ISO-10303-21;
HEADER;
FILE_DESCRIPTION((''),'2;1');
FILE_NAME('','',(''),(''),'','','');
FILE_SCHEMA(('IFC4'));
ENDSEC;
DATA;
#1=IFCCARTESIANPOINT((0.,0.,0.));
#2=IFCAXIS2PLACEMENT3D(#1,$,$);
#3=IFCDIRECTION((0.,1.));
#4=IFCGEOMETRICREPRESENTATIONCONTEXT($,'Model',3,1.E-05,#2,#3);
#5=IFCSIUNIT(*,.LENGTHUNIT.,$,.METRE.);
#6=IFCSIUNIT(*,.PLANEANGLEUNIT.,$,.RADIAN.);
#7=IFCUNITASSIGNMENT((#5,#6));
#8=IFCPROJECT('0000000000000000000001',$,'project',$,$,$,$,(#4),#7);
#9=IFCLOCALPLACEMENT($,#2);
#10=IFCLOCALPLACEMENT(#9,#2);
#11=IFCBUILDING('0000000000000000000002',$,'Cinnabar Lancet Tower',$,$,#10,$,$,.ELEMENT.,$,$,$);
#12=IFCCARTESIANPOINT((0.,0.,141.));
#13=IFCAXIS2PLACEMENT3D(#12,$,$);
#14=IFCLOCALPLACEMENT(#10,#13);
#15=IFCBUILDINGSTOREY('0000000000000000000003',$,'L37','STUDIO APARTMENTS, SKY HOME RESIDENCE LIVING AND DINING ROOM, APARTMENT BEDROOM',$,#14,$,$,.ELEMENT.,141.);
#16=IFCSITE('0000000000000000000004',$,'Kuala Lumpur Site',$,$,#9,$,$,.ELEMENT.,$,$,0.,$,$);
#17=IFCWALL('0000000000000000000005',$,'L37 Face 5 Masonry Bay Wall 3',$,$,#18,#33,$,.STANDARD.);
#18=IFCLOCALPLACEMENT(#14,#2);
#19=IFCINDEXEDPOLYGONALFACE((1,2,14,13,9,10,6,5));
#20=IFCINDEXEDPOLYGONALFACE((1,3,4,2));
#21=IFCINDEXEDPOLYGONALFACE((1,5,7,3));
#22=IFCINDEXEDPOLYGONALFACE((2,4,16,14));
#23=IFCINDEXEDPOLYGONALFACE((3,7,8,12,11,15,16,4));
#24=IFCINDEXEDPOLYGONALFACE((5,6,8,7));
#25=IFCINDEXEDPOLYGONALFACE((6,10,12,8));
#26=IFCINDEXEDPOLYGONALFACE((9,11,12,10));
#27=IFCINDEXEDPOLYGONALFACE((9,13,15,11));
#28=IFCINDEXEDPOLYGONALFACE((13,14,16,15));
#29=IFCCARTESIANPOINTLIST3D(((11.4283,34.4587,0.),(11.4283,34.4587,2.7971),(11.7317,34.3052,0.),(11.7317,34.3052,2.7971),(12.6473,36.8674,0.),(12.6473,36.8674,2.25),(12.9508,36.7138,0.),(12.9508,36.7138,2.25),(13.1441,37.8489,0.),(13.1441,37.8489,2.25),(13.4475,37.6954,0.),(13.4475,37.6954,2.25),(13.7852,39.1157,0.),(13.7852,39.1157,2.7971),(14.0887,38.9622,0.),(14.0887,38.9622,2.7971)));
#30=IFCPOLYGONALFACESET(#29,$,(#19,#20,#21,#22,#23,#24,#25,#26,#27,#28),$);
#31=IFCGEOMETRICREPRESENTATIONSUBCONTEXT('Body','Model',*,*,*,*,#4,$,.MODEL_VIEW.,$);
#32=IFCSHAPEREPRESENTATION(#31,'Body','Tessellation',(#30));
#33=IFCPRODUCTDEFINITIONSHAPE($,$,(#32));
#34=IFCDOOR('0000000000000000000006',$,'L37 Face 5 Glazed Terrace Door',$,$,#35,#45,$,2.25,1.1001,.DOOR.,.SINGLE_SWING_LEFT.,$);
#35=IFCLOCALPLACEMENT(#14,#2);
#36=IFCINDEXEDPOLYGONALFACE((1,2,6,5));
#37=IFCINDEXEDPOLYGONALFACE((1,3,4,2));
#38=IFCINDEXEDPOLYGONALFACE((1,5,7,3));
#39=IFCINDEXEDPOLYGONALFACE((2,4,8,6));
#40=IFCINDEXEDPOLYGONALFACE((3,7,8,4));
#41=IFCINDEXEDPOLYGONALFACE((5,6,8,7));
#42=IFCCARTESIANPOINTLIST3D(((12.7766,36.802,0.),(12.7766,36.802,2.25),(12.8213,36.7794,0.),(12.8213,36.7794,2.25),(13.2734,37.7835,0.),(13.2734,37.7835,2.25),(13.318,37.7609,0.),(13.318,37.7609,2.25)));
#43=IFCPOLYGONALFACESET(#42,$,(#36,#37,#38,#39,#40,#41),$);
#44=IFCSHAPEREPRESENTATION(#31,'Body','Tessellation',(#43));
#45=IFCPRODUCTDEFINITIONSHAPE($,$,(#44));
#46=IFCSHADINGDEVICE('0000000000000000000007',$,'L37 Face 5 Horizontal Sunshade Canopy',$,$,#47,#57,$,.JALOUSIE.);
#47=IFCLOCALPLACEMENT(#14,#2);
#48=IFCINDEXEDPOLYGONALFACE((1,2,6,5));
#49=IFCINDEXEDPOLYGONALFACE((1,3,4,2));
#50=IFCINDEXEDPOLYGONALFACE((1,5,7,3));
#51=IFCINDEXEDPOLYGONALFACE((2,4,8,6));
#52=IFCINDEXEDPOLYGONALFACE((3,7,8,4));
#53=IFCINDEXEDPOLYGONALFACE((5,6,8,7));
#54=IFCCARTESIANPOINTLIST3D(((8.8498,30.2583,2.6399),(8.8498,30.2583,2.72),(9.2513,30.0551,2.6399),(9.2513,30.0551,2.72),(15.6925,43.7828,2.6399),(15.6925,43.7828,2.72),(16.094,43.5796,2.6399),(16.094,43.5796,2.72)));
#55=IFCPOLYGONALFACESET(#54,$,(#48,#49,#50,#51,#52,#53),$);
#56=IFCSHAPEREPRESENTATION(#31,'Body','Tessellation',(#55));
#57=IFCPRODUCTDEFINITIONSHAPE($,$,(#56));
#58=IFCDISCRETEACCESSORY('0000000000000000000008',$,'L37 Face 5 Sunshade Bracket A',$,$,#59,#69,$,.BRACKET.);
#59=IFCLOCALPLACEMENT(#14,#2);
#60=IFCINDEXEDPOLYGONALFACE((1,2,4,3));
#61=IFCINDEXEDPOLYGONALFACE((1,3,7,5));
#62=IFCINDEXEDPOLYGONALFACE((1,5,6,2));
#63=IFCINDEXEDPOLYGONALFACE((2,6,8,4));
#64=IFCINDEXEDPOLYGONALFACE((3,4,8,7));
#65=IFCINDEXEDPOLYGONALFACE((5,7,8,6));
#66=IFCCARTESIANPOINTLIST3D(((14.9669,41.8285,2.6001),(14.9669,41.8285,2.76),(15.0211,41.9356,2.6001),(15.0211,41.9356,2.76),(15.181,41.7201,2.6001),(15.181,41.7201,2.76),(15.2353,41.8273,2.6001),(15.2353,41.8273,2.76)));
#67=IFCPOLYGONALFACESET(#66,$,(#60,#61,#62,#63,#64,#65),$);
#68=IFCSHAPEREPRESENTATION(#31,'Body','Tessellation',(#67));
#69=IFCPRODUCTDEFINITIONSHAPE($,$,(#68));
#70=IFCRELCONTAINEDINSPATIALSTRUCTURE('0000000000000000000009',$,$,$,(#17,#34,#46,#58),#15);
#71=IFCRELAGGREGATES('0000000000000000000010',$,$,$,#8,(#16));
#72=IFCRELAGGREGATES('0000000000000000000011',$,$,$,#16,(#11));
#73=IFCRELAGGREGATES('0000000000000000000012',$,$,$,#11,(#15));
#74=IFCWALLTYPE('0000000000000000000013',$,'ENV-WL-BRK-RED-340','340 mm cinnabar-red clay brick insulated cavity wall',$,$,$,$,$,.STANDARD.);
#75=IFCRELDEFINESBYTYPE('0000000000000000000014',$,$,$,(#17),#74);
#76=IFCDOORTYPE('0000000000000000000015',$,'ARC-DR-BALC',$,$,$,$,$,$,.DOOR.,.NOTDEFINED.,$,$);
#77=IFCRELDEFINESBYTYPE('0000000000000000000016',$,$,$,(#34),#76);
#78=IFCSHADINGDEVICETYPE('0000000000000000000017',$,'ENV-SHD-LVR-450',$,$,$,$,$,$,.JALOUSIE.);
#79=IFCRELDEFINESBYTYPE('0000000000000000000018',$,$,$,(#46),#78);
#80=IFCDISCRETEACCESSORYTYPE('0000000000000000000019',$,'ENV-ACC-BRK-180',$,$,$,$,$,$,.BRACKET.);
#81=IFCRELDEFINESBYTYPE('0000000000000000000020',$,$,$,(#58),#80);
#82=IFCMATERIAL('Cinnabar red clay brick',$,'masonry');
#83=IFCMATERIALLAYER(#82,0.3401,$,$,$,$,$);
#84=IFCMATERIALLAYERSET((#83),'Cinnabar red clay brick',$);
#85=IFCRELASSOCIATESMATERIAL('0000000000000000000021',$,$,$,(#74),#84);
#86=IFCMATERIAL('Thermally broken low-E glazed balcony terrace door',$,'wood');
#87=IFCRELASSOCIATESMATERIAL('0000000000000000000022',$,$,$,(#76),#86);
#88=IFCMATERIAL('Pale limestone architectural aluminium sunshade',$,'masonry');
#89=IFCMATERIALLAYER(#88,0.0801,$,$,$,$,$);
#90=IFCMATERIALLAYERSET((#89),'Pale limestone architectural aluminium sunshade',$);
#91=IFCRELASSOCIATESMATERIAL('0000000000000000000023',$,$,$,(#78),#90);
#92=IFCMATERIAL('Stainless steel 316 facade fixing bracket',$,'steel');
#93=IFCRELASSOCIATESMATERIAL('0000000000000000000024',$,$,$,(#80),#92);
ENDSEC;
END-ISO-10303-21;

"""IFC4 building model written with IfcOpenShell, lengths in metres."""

from ifc_helpers import new_model, si_unit, direction, frame, frame_2d, origin, origin_2d, place, context, subcontext, project, spatial, rectangle, extrude, material, layer, layer_set, type_object, element, fill, save


model = new_model("IFC4")

# Units and contexts
model_context = context("Model", 3, precision=1e-05, world=origin(), true_north=direction((0.0, 1.0)))
body_context = subcontext(model_context, "Body", "Model", "MODEL_VIEW")
ifc_project = project(units=[si_unit("LENGTHUNIT", "METRE"), si_unit("PLANEANGLEUNIT", "RADIAN")], contexts=[model_context])

# Site, building, storey
site_placement = place(None, origin())
site = spatial("IfcSite", under=ifc_project, at=site_placement, Name="Kuala Lumpur Site", CompositionType="ELEMENT", RefElevation=0.0)
building_placement = place(site_placement, origin())
building = spatial("IfcBuilding", under=site, at=building_placement, Name="Cinnabar Lancet Tower", CompositionType="ELEMENT")
storey_placement = place(building_placement, frame((0.0, 0.0, 141.0)))
storey = spatial("IfcBuildingStorey", under=building, at=storey_placement, Name="L37", Description="STUDIO APARTMENTS, SKY HOME RESIDENCE LIVING AND DINING ROOM, APARTMENT BEDROOM", CompositionType="ELEMENT", Elevation=141.0)

# Shared definitions
ifc_material_1 = material(Name="Cinnabar red clay brick", Category="masonry")
ifc_layer_1 = layer(ifc_material_1, 0.3401)
ifc_layer_set_1 = layer_set([ifc_layer_1], Name="Cinnabar red clay brick")
wall_type_1 = type_object("IfcWallType", Name="ENV-WL-BRK-RED-340", Description="340 mm cinnabar-red clay brick insulated cavity wall", PredefinedType="STANDARD", material=ifc_layer_set_1)

# Wall, opening, door
wall_1_placement = place(storey_placement, frame((13.937, 39.0391, 0.0), z_axis=(0.0, 0.0, 1.0), x_axis=(-0.451568, -0.892237, 0.0)))
wall_1 = element("IfcWall", 1, at=wall_1_placement, inside=storey, type_object=wall_type_1, Name="L37 Face 5 Masonry Bay Wall 3", PredefinedType="STANDARD", context=body_context, shape_type="SweptSolid", body=[
    extrude(rectangle(XDim=5.2195, YDim=0.3401, at=frame_2d((2.6099, 0.0))), origin(), (0.0, 0.0, 1.0), 2.7971),
])
opening_1_placement = place(wall_1_placement, frame((1.4199, 0.0, 0.0)))
opening_1 = element("IfcOpeningElement", 2, at=opening_1_placement, cuts=wall_1, PredefinedType="OPENING", context=body_context, shape_type="SweptSolid", body=[
    extrude(rectangle(XDim=1.1001, YDim=2.25, at=frame_2d((0.55, 1.125))), frame((0.0, 0.1799, 0.0), z_axis=(0.0, -1.0, 0.0), x_axis=(1.0, 0.0, 0.0)), (0.0, 0.0, 1.0), 0.3601),
])
ifc_material_2 = material(Name="Thermally broken low-E glazed balcony terrace door", Category="wood")
door_type_1 = type_object("IfcDoorType", Name="ARC-DR-BALC", OperationType="NOTDEFINED", PredefinedType="DOOR", material=ifc_material_2)
door_1_placement = place(opening_1_placement, origin())
door_1 = element("IfcDoor", 3, at=door_1_placement, inside=storey, type_object=door_type_1, Name="L37 Face 5 Glazed Terrace Door", OperationType="SINGLE_SWING_LEFT", OverallHeight=2.25, OverallWidth=1.1001, PredefinedType="DOOR", context=body_context, shape_type="SweptSolid", body=[
    extrude(rectangle(XDim=1.1001, YDim=2.25, at=frame_2d((0.55, 1.125))), frame((0.0, 0.0249, 0.0), z_axis=(0.0, -1.0, 0.0), x_axis=(1.0, 0.0, 0.0)), (0.0, 0.0, 1.0), 0.05),
])
fill(opening_1, door_1)

# Shading device
ifc_material_3 = material(Name="Pale limestone architectural aluminium sunshade", Category="masonry")
ifc_layer_2 = layer(ifc_material_3, 0.0801)
ifc_layer_set_2 = layer_set([ifc_layer_2], Name="Pale limestone architectural aluminium sunshade")
shading_device_type = type_object("IfcShadingDeviceType", Name="ENV-SHD-LVR-450", PredefinedType="JALOUSIE", material=ifc_layer_set_2)
shading_device_placement = place(storey_placement, frame((12.4719, 36.9189, 2.6399), z_axis=(0.0, 0.0, 1.0), x_axis=(-0.451454, -0.892294, 0.0)))
element("IfcShadingDevice", 4, at=shading_device_placement, inside=storey, type_object=shading_device_type, Name="L37 Face 5 Horizontal Sunshade Canopy", PredefinedType="JALOUSIE", context=body_context, shape_type="SweptSolid", body=[
    extrude(rectangle(XDim=15.157, YDim=0.45, at=origin_2d()), origin(), (0.0, 0.0, 1.0), 0.0801),
])

# Discrete accessory
ifc_material_4 = material(Name="Stainless steel 316 facade fixing bracket", Category="steel")
discrete_accessory_type = type_object("IfcDiscreteAccessoryType", Name="ENV-ACC-BRK-180", PredefinedType="BRACKET", material=ifc_material_4)
discrete_accessory_placement = place(storey_placement, frame((15.1011, 41.8279, 2.6001), z_axis=(0.0, 0.0, 1.0), x_axis=(-0.451454, -0.892294, 0.0)))
element("IfcDiscreteAccessory", 5, at=discrete_accessory_placement, inside=storey, type_object=discrete_accessory_type, Name="L37 Face 5 Sunshade Bracket A", PredefinedType="BRACKET", context=body_context, shape_type="SweptSolid", body=[
    extrude(rectangle(XDim=0.1201, YDim=0.24, at=origin_2d()), origin(), (0.0, 0.0, 1.0), 0.1599),
])

save(model, "model.ifc")
